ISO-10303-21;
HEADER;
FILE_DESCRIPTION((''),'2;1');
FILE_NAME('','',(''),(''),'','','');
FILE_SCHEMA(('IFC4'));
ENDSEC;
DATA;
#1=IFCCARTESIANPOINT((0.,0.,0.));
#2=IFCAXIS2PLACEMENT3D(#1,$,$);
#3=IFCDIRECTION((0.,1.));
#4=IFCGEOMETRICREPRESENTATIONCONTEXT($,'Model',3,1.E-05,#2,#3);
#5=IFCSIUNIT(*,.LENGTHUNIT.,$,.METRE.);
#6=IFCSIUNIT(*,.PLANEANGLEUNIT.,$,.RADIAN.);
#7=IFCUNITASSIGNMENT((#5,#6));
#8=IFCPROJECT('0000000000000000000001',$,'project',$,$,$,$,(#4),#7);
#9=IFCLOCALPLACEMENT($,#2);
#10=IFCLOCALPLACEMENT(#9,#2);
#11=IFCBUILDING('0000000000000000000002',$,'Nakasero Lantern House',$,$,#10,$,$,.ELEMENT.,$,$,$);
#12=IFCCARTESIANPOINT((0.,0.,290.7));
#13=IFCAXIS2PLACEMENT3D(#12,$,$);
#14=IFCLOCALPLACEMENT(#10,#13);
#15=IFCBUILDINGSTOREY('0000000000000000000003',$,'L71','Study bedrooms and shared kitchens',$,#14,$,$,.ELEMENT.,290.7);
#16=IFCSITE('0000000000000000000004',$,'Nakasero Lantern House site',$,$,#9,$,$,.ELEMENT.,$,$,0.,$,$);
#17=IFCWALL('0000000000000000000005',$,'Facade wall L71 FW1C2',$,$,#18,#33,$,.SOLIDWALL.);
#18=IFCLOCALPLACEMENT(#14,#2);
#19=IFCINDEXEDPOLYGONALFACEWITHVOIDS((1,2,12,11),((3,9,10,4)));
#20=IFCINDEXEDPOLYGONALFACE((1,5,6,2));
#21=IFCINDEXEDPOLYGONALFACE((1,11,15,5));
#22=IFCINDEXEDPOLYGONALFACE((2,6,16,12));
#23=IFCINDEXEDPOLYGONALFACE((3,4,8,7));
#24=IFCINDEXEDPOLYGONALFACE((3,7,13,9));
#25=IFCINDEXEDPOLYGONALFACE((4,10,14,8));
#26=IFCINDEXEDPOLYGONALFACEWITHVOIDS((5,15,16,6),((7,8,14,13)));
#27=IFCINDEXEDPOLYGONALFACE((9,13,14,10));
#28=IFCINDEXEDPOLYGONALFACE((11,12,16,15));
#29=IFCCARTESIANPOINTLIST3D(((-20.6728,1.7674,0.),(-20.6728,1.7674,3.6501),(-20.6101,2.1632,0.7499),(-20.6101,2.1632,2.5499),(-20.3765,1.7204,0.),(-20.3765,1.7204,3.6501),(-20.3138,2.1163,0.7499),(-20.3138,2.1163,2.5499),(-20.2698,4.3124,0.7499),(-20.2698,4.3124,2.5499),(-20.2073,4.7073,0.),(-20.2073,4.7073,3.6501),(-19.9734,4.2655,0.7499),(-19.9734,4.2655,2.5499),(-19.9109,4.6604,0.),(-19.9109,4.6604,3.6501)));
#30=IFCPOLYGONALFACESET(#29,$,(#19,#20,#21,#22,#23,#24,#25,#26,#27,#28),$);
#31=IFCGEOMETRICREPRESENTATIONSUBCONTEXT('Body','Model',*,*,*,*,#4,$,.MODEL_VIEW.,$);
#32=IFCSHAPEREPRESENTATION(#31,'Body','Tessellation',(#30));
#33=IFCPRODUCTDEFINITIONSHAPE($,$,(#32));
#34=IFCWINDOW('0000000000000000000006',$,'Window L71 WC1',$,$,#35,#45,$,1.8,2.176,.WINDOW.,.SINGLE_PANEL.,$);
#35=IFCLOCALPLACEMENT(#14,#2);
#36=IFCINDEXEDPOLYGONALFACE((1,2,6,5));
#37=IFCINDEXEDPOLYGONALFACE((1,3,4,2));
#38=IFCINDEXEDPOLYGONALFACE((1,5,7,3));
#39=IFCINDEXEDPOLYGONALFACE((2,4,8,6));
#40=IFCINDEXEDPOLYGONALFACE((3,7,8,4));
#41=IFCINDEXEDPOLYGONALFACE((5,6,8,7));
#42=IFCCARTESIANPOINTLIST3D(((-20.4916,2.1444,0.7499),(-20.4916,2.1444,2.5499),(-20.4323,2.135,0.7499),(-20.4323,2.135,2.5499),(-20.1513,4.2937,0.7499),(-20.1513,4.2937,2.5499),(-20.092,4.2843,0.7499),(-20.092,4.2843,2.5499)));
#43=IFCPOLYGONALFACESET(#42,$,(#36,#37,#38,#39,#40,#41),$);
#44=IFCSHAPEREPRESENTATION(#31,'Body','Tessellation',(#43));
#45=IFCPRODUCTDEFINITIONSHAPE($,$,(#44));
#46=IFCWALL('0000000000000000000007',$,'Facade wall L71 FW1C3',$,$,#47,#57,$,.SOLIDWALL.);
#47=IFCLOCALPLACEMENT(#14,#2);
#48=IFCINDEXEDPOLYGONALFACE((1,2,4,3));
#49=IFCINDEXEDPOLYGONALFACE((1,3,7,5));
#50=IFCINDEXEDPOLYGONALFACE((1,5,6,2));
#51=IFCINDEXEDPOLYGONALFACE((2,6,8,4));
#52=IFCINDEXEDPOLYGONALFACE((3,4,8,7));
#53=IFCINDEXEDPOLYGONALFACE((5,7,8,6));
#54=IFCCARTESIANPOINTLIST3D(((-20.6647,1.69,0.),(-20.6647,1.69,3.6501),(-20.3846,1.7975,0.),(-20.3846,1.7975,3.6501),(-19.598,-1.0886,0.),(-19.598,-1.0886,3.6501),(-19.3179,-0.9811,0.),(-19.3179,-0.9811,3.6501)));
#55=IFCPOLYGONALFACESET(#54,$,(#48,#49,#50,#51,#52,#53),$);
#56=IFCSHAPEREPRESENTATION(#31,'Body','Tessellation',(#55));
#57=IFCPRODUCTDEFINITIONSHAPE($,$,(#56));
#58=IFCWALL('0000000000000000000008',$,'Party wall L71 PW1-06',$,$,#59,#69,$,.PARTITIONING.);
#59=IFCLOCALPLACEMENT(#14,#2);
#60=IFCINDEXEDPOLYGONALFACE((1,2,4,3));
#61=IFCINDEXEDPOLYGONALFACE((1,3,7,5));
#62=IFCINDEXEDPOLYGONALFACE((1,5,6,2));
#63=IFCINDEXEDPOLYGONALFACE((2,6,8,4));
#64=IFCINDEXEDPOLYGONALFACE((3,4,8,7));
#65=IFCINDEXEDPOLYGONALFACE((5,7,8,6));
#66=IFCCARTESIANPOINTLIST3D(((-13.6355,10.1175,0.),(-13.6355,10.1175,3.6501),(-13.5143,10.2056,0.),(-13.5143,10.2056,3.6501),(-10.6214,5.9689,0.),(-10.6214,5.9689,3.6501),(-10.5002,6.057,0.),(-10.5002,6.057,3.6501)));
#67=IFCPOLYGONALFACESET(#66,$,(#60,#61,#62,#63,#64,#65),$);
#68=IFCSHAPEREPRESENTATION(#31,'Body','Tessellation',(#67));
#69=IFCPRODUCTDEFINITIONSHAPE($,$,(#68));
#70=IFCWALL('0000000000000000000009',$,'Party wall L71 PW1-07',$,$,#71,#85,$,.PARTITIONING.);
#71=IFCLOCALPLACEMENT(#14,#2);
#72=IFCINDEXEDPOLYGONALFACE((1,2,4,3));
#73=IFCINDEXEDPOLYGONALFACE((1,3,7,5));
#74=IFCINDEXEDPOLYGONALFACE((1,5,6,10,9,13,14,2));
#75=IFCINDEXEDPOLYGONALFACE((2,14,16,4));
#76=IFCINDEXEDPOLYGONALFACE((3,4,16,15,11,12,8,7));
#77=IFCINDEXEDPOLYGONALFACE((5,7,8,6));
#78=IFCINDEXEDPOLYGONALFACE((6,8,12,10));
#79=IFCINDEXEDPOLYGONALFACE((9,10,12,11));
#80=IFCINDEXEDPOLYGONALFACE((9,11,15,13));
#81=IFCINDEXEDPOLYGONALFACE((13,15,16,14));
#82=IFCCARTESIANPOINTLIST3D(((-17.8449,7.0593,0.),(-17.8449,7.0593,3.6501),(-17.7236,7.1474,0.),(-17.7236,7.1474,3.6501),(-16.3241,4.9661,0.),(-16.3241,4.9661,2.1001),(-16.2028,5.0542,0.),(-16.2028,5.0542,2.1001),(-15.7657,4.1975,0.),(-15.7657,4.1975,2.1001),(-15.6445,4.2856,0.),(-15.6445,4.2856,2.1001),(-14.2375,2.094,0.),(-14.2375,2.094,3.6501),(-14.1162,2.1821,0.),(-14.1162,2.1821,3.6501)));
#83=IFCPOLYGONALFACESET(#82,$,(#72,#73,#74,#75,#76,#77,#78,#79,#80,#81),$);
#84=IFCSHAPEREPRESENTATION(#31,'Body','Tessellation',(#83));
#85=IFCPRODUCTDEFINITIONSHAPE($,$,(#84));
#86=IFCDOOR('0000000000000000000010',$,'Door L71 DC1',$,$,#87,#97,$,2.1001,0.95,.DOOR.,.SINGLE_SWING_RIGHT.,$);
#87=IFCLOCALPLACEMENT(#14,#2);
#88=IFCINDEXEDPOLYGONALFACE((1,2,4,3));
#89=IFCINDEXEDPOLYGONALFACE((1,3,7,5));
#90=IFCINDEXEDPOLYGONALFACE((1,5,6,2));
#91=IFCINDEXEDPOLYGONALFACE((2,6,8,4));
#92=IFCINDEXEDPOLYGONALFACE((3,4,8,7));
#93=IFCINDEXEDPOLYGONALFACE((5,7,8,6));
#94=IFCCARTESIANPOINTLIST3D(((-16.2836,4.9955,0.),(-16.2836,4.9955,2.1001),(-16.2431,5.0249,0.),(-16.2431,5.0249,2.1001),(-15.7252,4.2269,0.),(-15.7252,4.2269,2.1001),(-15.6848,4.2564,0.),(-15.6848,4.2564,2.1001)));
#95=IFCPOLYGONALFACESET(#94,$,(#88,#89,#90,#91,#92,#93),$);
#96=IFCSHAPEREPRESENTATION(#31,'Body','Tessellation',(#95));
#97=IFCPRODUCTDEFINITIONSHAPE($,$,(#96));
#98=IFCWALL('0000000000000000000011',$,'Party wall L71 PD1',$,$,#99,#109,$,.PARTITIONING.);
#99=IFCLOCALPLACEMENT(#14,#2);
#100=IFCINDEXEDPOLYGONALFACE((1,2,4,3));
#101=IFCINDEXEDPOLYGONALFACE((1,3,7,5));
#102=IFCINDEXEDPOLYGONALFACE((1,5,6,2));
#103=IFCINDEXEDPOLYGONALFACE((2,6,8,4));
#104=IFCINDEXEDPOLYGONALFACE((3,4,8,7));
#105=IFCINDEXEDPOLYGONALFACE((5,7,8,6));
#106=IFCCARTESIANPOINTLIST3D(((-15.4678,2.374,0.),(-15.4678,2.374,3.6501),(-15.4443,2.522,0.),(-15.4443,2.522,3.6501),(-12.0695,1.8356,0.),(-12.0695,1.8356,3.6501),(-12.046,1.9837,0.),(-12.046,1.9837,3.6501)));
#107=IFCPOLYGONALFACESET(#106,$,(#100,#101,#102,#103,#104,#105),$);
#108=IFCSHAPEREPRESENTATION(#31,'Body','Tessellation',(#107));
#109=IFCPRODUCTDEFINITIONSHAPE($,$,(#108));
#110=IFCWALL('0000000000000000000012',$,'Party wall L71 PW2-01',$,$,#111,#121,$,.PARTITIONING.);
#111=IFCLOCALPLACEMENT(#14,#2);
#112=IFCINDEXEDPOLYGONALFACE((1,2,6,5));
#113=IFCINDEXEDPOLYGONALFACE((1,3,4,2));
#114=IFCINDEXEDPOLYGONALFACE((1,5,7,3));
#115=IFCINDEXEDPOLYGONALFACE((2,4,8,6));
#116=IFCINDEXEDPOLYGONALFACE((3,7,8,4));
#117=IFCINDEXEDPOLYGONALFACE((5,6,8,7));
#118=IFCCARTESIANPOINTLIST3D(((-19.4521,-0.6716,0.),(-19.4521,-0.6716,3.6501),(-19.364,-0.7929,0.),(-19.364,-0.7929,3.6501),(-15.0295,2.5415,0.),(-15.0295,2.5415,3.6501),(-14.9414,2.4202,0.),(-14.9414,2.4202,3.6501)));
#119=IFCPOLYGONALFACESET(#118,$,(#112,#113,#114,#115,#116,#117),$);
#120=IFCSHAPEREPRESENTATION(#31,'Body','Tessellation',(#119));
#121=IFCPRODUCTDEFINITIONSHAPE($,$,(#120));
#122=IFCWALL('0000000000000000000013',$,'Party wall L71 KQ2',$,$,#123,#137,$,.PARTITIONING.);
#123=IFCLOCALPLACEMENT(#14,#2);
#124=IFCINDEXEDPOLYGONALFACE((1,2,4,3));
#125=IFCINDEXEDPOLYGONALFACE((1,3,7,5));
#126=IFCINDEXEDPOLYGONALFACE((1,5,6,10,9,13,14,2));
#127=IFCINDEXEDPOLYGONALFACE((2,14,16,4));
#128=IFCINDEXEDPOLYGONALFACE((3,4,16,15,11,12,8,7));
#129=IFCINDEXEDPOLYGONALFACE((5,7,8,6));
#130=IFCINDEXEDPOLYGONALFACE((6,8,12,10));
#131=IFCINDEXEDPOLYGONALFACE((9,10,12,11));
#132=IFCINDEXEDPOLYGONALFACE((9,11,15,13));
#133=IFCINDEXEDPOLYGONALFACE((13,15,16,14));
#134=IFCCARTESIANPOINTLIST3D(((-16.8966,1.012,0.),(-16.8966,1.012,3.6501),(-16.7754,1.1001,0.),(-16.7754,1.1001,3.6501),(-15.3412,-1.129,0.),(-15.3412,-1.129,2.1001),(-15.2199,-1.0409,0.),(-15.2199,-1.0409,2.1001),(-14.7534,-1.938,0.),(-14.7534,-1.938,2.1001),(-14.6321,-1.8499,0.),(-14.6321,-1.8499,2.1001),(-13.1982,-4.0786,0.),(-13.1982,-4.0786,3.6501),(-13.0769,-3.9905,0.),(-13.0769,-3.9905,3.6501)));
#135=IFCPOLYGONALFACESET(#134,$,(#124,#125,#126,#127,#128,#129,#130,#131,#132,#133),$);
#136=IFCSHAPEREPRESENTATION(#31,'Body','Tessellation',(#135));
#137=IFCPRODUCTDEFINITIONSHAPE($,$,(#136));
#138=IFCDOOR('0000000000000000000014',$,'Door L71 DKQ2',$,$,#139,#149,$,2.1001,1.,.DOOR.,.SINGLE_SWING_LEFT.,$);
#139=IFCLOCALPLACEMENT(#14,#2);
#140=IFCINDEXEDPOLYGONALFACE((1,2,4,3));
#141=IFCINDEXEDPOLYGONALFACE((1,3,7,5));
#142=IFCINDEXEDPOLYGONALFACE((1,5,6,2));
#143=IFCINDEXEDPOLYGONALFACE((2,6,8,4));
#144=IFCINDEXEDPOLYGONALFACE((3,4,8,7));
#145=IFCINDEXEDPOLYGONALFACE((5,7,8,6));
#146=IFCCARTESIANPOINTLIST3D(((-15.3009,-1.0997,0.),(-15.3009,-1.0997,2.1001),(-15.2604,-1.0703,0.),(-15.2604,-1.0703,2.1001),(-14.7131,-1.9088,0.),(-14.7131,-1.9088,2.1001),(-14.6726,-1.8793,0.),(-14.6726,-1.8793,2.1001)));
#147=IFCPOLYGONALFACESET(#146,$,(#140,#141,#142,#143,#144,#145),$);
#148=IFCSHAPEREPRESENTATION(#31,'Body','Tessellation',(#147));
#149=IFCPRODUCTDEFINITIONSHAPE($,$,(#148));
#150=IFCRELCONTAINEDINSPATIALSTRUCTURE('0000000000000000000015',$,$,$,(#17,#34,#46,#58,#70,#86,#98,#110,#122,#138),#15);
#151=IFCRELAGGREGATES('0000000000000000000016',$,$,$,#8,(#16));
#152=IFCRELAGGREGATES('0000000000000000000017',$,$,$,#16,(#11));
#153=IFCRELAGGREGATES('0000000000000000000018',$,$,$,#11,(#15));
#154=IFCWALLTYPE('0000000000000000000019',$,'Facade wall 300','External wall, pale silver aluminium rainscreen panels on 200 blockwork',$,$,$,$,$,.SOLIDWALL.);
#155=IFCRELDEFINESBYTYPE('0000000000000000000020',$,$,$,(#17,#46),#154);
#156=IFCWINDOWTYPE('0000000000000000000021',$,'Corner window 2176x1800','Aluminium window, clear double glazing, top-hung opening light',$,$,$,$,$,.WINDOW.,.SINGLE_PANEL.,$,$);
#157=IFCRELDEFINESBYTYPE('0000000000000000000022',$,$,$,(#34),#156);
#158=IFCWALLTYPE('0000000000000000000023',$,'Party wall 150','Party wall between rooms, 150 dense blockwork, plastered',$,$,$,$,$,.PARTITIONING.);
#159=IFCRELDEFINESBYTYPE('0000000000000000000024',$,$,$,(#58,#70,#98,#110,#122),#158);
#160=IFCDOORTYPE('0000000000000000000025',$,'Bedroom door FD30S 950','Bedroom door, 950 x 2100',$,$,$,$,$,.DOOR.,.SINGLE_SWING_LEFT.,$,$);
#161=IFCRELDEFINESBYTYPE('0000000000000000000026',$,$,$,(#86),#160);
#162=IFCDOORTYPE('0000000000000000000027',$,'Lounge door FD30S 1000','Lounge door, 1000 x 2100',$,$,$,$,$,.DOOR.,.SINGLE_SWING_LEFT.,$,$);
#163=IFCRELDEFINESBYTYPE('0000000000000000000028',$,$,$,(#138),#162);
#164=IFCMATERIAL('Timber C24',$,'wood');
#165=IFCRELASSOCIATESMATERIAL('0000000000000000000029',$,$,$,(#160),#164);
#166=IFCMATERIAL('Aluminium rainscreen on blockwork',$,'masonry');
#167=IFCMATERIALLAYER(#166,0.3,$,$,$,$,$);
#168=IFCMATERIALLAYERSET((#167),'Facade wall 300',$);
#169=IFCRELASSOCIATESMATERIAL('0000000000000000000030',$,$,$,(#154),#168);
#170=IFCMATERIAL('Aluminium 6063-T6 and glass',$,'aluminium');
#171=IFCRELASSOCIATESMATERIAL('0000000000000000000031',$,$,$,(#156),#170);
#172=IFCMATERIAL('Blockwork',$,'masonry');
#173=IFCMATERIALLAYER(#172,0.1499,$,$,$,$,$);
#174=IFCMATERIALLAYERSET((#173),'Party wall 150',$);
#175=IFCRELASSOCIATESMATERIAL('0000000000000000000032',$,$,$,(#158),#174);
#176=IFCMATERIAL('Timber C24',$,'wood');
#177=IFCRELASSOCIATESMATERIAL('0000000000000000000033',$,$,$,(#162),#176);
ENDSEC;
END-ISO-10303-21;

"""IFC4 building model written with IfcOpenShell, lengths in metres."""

from ifc_helpers import new_model, si_unit, direction, frame, frame_2d, origin, place, context, subcontext, project, spatial, rectangle, extrude, material, layer, layer_set, type_object, element, fill, save


model = new_model("IFC4")

# Units and contexts
model_context = context("Model", 3, precision=1e-05, world=origin(), true_north=direction((0.0, 1.0)))
body_context = subcontext(model_context, "Body", "Model", "MODEL_VIEW")
ifc_project = project(units=[si_unit("LENGTHUNIT", "METRE"), si_unit("PLANEANGLEUNIT", "RADIAN")], contexts=[model_context])

# Site, building, storey
site_placement = place(None, origin())
site = spatial("IfcSite", under=ifc_project, at=site_placement, Name="Nakasero Lantern House site", CompositionType="ELEMENT", RefElevation=0.0)
building_placement = place(site_placement, origin())
building = spatial("IfcBuilding", under=site, at=building_placement, Name="Nakasero Lantern House", CompositionType="ELEMENT")
storey_placement = place(building_placement, frame((0.0, 0.0, 290.7)))
storey = spatial("IfcBuildingStorey", under=building, at=storey_placement, Name="L71", Description="Study bedrooms and shared kitchens", CompositionType="ELEMENT", Elevation=290.7)

# Shared definitions
ifc_material_1 = material(Name="Timber C24", Category="wood")
door_type_1 = type_object("IfcDoorType", Name="Bedroom door FD30S 950", Description="Bedroom door, 950 x 2100", OperationType="SINGLE_SWING_LEFT", PredefinedType="DOOR", material=ifc_material_1)

# Wall, opening, window
ifc_material_2 = material(Name="Aluminium rainscreen on blockwork", Category="masonry")
ifc_layer_1 = layer(ifc_material_2, 0.3)
ifc_layer_set_1 = layer_set([ifc_layer_1], Name="Facade wall 300")
wall_type_1 = type_object("IfcWallType", Name="Facade wall 300", Description="External wall, pale silver aluminium rainscreen panels on 200 blockwork", PredefinedType="SOLIDWALL", material=ifc_layer_set_1)
wall_1_placement = place(storey_placement, frame((-20.0591, 4.6838, 0.0), z_axis=(0.0, 0.0, 1.0), x_axis=(-0.156413, -0.987692, 0.0)))
wall_1 = element("IfcWall", 1, at=wall_1_placement, inside=storey, type_object=wall_type_1, Name="Facade wall L71 FW1C2", PredefinedType="SOLIDWALL", context=body_context, shape_type="SweptSolid", body=[
    extrude(rectangle(XDim=2.9766, YDim=0.3, at=frame_2d((1.4883, 0.0))), origin(), (0.0, 0.0, 1.0), 3.6501),
])
opening_1_placement = place(wall_1_placement, frame((0.3999, 0.0, 0.75)))
opening_1 = element("IfcOpeningElement", 2, at=opening_1_placement, cuts=wall_1, PredefinedType="OPENING", context=body_context, shape_type="SweptSolid", body=[
    extrude(rectangle(XDim=2.176, YDim=1.8, at=frame_2d((1.0879, 0.8999))), frame((0.0, 0.1699, 0.0), z_axis=(0.0, -1.0, 0.0), x_axis=(1.0, 0.0, 0.0)), (0.0, 0.0, 1.0), 0.3401),
])
ifc_material_3 = material(Name="Aluminium 6063-T6 and glass", Category="aluminium")
window_type = type_object("IfcWindowType", Name="Corner window 2176x1800", Description="Aluminium window, clear double glazing, top-hung opening light", PartitioningType="SINGLE_PANEL", PredefinedType="WINDOW", material=ifc_material_3)
window_placement = place(opening_1_placement, origin())
window = element("IfcWindow", 3, at=window_placement, inside=storey, type_object=window_type, Name="Window L71 WC1", OverallHeight=1.8, OverallWidth=2.176, PartitioningType="SINGLE_PANEL", PredefinedType="WINDOW", context=body_context, shape_type="SweptSolid", body=[
    extrude(rectangle(XDim=2.176, YDim=1.8, at=frame_2d((1.0879, 0.8999))), frame((0.0, 0.03, 0.0), z_axis=(0.0, -1.0, 0.0), x_axis=(1.0, 0.0, 0.0)), (0.0, 0.0, 1.0), 0.0601),
])
fill(opening_1, window)

# Walls
wall_2_placement = place(storey_placement, frame((-20.5247, 1.7439, 0.0), z_axis=(0.0, 0.0, 1.0), x_axis=(0.358385, -0.933574, 0.0)))
element("IfcWall", 4, at=wall_2_placement, inside=storey, type_object=wall_type_1, Name="Facade wall L71 FW1C3", PredefinedType="SOLIDWALL", context=body_context, shape_type="SweptSolid", body=[
    extrude(rectangle(XDim=2.9763, YDim=0.3, at=frame_2d((1.4883, 0.0))), origin(), (0.0, 0.0, 1.0), 3.6501),
])
ifc_material_4 = material(Name="Blockwork", Category="masonry")
ifc_layer_2 = layer(ifc_material_4, 0.1499)
ifc_layer_set_2 = layer_set([ifc_layer_2], Name="Party wall 150")
wall_type_2 = type_object("IfcWallType", Name="Party wall 150", Description="Party wall between rooms, 150 dense blockwork, plastered", PredefinedType="PARTITIONING", material=ifc_layer_set_2)
wall_3_placement = place(storey_placement, frame((-10.5608, 6.0129, 0.0), z_axis=(0.0, 0.0, 1.0), x_axis=(-0.587781, 0.80902, 0.0)))
element("IfcWall", 5, at=wall_3_placement, inside=storey, type_object=wall_type_2, Name="Party wall L71 PW1-06", PredefinedType="PARTITIONING", context=body_context, shape_type="SweptSolid", body=[
    extrude(rectangle(XDim=5.1279, YDim=0.1499, at=frame_2d((2.564, 0.0))), origin(), (0.0, 0.0, 1.0), 3.6501),
])

# Wall, opening, door
wall_4_placement = place(storey_placement, frame((-14.1768, 2.1379, 0.0), z_axis=(0.0, 0.0, 1.0), x_axis=(-0.587774, 0.809025, 0.0)))
wall_4 = element("IfcWall", 6, at=wall_4_placement, inside=storey, type_object=wall_type_2, Name="Party wall L71 PW1-07", PredefinedType="PARTITIONING", context=body_context, shape_type="SweptSolid", body=[
    extrude(rectangle(XDim=6.1375, YDim=0.1499, at=frame_2d((3.0688, 0.0))), origin(), (0.0, 0.0, 1.0), 3.6501),
])
opening_2_placement = place(wall_4_placement, frame((2.6001, 0.0, 0.0)))
opening_2 = element("IfcOpeningElement", 7, at=opening_2_placement, cuts=wall_4, PredefinedType="OPENING", context=body_context, shape_type="SweptSolid", body=[
    extrude(rectangle(XDim=0.95, YDim=2.1001, at=frame_2d((0.4751, 1.05))), frame((0.0, 0.095, 0.0), z_axis=(0.0, -1.0, 0.0), x_axis=(1.0, 0.0, 0.0)), (0.0, 0.0, 1.0), 0.1899),
])
door_1_placement = place(opening_2_placement, origin())
door_1 = element("IfcDoor", 8, at=door_1_placement, inside=storey, type_object=door_type_1, Name="Door L71 DC1", OperationType="SINGLE_SWING_RIGHT", OverallHeight=2.1001, OverallWidth=0.95, PredefinedType="DOOR", context=body_context, shape_type="SweptSolid", body=[
    extrude(rectangle(XDim=0.95, YDim=2.1001, at=frame_2d((0.4751, 1.05))), frame((0.0, 0.0249, 0.0), z_axis=(0.0, -1.0, 0.0), x_axis=(1.0, 0.0, 0.0)), (0.0, 0.0, 1.0), 0.05),
])
fill(opening_2, door_1)

# Walls
wall_5_placement = place(storey_placement, frame((-12.0579, 1.9097, 0.0), z_axis=(0.0, 0.0, 1.0), x_axis=(-0.987683, 0.156465, 0.0)))
element("IfcWall", 9, at=wall_5_placement, inside=storey, type_object=wall_type_2, Name="Party wall L71 PD1", PredefinedType="PARTITIONING", context=body_context, shape_type="SweptSolid", body=[
    extrude(rectangle(XDim=3.4407, YDim=0.1499, at=frame_2d((1.7202, 0.0))), origin(), (0.0, 0.0, 1.0), 3.6501),
])
wall_6_placement = place(storey_placement, frame((-14.9854, 2.481, 0.0), z_axis=(0.0, 0.0, 1.0), x_axis=(-0.809024, -0.587776, 0.0)))
element("IfcWall", 10, at=wall_6_placement, inside=storey, type_object=wall_type_2, Name="Party wall L71 PW2-01", PredefinedType="PARTITIONING", context=body_context, shape_type="SweptSolid", body=[
    extrude(rectangle(XDim=5.4666, YDim=0.1499, at=frame_2d((2.7334, 0.0))), origin(), (0.0, 0.0, 1.0), 3.6501),
])

# Wall, opening, door
wall_7_placement = place(storey_placement, frame((-16.8359, 1.0559, 0.0), z_axis=(0.0, 0.0, 1.0), x_axis=(0.587782, -0.80902, 0.0)))
wall_7 = element("IfcWall", 11, at=wall_7_placement, inside=storey, type_object=wall_type_2, Name="Party wall L71 KQ2", PredefinedType="PARTITIONING", context=body_context, shape_type="SweptSolid", body=[
    extrude(rectangle(XDim=6.2922, YDim=0.1499, at=frame_2d((3.146, 0.0))), origin(), (0.0, 0.0, 1.0), 3.6501),
])
opening_3_placement = place(wall_7_placement, frame((2.6462, 0.0, 0.0)))
opening_3 = element("IfcOpeningElement", 12, at=opening_3_placement, cuts=wall_7, PredefinedType="OPENING", context=body_context, shape_type="SweptSolid", body=[
    extrude(rectangle(XDim=1.0, YDim=2.1001, at=frame_2d((0.5, 1.05))), frame((0.0, 0.095, 0.0), z_axis=(0.0, -1.0, 0.0), x_axis=(1.0, 0.0, 0.0)), (0.0, 0.0, 1.0), 0.1899),
])
ifc_material_5 = material(Name="Timber C24", Category="wood")
door_type_2 = type_object("IfcDoorType", Name="Lounge door FD30S 1000", Description="Lounge door, 1000 x 2100", OperationType="SINGLE_SWING_LEFT", PredefinedType="DOOR", material=ifc_material_5)
door_2_placement = place(opening_3_placement, origin())
door_2 = element("IfcDoor", 13, at=door_2_placement, inside=storey, type_object=door_type_2, Name="Door L71 DKQ2", OperationType="SINGLE_SWING_LEFT", OverallHeight=2.1001, OverallWidth=1.0, PredefinedType="DOOR", context=body_context, shape_type="SweptSolid", body=[
    extrude(rectangle(XDim=1.0, YDim=2.1001, at=frame_2d((0.5, 1.05))), frame((0.0, 0.0249, 0.0), z_axis=(0.0, -1.0, 0.0), x_axis=(1.0, 0.0, 0.0)), (0.0, 0.0, 1.0), 0.05),
])
fill(opening_3, door_2)

save(model, "model.ifc")
